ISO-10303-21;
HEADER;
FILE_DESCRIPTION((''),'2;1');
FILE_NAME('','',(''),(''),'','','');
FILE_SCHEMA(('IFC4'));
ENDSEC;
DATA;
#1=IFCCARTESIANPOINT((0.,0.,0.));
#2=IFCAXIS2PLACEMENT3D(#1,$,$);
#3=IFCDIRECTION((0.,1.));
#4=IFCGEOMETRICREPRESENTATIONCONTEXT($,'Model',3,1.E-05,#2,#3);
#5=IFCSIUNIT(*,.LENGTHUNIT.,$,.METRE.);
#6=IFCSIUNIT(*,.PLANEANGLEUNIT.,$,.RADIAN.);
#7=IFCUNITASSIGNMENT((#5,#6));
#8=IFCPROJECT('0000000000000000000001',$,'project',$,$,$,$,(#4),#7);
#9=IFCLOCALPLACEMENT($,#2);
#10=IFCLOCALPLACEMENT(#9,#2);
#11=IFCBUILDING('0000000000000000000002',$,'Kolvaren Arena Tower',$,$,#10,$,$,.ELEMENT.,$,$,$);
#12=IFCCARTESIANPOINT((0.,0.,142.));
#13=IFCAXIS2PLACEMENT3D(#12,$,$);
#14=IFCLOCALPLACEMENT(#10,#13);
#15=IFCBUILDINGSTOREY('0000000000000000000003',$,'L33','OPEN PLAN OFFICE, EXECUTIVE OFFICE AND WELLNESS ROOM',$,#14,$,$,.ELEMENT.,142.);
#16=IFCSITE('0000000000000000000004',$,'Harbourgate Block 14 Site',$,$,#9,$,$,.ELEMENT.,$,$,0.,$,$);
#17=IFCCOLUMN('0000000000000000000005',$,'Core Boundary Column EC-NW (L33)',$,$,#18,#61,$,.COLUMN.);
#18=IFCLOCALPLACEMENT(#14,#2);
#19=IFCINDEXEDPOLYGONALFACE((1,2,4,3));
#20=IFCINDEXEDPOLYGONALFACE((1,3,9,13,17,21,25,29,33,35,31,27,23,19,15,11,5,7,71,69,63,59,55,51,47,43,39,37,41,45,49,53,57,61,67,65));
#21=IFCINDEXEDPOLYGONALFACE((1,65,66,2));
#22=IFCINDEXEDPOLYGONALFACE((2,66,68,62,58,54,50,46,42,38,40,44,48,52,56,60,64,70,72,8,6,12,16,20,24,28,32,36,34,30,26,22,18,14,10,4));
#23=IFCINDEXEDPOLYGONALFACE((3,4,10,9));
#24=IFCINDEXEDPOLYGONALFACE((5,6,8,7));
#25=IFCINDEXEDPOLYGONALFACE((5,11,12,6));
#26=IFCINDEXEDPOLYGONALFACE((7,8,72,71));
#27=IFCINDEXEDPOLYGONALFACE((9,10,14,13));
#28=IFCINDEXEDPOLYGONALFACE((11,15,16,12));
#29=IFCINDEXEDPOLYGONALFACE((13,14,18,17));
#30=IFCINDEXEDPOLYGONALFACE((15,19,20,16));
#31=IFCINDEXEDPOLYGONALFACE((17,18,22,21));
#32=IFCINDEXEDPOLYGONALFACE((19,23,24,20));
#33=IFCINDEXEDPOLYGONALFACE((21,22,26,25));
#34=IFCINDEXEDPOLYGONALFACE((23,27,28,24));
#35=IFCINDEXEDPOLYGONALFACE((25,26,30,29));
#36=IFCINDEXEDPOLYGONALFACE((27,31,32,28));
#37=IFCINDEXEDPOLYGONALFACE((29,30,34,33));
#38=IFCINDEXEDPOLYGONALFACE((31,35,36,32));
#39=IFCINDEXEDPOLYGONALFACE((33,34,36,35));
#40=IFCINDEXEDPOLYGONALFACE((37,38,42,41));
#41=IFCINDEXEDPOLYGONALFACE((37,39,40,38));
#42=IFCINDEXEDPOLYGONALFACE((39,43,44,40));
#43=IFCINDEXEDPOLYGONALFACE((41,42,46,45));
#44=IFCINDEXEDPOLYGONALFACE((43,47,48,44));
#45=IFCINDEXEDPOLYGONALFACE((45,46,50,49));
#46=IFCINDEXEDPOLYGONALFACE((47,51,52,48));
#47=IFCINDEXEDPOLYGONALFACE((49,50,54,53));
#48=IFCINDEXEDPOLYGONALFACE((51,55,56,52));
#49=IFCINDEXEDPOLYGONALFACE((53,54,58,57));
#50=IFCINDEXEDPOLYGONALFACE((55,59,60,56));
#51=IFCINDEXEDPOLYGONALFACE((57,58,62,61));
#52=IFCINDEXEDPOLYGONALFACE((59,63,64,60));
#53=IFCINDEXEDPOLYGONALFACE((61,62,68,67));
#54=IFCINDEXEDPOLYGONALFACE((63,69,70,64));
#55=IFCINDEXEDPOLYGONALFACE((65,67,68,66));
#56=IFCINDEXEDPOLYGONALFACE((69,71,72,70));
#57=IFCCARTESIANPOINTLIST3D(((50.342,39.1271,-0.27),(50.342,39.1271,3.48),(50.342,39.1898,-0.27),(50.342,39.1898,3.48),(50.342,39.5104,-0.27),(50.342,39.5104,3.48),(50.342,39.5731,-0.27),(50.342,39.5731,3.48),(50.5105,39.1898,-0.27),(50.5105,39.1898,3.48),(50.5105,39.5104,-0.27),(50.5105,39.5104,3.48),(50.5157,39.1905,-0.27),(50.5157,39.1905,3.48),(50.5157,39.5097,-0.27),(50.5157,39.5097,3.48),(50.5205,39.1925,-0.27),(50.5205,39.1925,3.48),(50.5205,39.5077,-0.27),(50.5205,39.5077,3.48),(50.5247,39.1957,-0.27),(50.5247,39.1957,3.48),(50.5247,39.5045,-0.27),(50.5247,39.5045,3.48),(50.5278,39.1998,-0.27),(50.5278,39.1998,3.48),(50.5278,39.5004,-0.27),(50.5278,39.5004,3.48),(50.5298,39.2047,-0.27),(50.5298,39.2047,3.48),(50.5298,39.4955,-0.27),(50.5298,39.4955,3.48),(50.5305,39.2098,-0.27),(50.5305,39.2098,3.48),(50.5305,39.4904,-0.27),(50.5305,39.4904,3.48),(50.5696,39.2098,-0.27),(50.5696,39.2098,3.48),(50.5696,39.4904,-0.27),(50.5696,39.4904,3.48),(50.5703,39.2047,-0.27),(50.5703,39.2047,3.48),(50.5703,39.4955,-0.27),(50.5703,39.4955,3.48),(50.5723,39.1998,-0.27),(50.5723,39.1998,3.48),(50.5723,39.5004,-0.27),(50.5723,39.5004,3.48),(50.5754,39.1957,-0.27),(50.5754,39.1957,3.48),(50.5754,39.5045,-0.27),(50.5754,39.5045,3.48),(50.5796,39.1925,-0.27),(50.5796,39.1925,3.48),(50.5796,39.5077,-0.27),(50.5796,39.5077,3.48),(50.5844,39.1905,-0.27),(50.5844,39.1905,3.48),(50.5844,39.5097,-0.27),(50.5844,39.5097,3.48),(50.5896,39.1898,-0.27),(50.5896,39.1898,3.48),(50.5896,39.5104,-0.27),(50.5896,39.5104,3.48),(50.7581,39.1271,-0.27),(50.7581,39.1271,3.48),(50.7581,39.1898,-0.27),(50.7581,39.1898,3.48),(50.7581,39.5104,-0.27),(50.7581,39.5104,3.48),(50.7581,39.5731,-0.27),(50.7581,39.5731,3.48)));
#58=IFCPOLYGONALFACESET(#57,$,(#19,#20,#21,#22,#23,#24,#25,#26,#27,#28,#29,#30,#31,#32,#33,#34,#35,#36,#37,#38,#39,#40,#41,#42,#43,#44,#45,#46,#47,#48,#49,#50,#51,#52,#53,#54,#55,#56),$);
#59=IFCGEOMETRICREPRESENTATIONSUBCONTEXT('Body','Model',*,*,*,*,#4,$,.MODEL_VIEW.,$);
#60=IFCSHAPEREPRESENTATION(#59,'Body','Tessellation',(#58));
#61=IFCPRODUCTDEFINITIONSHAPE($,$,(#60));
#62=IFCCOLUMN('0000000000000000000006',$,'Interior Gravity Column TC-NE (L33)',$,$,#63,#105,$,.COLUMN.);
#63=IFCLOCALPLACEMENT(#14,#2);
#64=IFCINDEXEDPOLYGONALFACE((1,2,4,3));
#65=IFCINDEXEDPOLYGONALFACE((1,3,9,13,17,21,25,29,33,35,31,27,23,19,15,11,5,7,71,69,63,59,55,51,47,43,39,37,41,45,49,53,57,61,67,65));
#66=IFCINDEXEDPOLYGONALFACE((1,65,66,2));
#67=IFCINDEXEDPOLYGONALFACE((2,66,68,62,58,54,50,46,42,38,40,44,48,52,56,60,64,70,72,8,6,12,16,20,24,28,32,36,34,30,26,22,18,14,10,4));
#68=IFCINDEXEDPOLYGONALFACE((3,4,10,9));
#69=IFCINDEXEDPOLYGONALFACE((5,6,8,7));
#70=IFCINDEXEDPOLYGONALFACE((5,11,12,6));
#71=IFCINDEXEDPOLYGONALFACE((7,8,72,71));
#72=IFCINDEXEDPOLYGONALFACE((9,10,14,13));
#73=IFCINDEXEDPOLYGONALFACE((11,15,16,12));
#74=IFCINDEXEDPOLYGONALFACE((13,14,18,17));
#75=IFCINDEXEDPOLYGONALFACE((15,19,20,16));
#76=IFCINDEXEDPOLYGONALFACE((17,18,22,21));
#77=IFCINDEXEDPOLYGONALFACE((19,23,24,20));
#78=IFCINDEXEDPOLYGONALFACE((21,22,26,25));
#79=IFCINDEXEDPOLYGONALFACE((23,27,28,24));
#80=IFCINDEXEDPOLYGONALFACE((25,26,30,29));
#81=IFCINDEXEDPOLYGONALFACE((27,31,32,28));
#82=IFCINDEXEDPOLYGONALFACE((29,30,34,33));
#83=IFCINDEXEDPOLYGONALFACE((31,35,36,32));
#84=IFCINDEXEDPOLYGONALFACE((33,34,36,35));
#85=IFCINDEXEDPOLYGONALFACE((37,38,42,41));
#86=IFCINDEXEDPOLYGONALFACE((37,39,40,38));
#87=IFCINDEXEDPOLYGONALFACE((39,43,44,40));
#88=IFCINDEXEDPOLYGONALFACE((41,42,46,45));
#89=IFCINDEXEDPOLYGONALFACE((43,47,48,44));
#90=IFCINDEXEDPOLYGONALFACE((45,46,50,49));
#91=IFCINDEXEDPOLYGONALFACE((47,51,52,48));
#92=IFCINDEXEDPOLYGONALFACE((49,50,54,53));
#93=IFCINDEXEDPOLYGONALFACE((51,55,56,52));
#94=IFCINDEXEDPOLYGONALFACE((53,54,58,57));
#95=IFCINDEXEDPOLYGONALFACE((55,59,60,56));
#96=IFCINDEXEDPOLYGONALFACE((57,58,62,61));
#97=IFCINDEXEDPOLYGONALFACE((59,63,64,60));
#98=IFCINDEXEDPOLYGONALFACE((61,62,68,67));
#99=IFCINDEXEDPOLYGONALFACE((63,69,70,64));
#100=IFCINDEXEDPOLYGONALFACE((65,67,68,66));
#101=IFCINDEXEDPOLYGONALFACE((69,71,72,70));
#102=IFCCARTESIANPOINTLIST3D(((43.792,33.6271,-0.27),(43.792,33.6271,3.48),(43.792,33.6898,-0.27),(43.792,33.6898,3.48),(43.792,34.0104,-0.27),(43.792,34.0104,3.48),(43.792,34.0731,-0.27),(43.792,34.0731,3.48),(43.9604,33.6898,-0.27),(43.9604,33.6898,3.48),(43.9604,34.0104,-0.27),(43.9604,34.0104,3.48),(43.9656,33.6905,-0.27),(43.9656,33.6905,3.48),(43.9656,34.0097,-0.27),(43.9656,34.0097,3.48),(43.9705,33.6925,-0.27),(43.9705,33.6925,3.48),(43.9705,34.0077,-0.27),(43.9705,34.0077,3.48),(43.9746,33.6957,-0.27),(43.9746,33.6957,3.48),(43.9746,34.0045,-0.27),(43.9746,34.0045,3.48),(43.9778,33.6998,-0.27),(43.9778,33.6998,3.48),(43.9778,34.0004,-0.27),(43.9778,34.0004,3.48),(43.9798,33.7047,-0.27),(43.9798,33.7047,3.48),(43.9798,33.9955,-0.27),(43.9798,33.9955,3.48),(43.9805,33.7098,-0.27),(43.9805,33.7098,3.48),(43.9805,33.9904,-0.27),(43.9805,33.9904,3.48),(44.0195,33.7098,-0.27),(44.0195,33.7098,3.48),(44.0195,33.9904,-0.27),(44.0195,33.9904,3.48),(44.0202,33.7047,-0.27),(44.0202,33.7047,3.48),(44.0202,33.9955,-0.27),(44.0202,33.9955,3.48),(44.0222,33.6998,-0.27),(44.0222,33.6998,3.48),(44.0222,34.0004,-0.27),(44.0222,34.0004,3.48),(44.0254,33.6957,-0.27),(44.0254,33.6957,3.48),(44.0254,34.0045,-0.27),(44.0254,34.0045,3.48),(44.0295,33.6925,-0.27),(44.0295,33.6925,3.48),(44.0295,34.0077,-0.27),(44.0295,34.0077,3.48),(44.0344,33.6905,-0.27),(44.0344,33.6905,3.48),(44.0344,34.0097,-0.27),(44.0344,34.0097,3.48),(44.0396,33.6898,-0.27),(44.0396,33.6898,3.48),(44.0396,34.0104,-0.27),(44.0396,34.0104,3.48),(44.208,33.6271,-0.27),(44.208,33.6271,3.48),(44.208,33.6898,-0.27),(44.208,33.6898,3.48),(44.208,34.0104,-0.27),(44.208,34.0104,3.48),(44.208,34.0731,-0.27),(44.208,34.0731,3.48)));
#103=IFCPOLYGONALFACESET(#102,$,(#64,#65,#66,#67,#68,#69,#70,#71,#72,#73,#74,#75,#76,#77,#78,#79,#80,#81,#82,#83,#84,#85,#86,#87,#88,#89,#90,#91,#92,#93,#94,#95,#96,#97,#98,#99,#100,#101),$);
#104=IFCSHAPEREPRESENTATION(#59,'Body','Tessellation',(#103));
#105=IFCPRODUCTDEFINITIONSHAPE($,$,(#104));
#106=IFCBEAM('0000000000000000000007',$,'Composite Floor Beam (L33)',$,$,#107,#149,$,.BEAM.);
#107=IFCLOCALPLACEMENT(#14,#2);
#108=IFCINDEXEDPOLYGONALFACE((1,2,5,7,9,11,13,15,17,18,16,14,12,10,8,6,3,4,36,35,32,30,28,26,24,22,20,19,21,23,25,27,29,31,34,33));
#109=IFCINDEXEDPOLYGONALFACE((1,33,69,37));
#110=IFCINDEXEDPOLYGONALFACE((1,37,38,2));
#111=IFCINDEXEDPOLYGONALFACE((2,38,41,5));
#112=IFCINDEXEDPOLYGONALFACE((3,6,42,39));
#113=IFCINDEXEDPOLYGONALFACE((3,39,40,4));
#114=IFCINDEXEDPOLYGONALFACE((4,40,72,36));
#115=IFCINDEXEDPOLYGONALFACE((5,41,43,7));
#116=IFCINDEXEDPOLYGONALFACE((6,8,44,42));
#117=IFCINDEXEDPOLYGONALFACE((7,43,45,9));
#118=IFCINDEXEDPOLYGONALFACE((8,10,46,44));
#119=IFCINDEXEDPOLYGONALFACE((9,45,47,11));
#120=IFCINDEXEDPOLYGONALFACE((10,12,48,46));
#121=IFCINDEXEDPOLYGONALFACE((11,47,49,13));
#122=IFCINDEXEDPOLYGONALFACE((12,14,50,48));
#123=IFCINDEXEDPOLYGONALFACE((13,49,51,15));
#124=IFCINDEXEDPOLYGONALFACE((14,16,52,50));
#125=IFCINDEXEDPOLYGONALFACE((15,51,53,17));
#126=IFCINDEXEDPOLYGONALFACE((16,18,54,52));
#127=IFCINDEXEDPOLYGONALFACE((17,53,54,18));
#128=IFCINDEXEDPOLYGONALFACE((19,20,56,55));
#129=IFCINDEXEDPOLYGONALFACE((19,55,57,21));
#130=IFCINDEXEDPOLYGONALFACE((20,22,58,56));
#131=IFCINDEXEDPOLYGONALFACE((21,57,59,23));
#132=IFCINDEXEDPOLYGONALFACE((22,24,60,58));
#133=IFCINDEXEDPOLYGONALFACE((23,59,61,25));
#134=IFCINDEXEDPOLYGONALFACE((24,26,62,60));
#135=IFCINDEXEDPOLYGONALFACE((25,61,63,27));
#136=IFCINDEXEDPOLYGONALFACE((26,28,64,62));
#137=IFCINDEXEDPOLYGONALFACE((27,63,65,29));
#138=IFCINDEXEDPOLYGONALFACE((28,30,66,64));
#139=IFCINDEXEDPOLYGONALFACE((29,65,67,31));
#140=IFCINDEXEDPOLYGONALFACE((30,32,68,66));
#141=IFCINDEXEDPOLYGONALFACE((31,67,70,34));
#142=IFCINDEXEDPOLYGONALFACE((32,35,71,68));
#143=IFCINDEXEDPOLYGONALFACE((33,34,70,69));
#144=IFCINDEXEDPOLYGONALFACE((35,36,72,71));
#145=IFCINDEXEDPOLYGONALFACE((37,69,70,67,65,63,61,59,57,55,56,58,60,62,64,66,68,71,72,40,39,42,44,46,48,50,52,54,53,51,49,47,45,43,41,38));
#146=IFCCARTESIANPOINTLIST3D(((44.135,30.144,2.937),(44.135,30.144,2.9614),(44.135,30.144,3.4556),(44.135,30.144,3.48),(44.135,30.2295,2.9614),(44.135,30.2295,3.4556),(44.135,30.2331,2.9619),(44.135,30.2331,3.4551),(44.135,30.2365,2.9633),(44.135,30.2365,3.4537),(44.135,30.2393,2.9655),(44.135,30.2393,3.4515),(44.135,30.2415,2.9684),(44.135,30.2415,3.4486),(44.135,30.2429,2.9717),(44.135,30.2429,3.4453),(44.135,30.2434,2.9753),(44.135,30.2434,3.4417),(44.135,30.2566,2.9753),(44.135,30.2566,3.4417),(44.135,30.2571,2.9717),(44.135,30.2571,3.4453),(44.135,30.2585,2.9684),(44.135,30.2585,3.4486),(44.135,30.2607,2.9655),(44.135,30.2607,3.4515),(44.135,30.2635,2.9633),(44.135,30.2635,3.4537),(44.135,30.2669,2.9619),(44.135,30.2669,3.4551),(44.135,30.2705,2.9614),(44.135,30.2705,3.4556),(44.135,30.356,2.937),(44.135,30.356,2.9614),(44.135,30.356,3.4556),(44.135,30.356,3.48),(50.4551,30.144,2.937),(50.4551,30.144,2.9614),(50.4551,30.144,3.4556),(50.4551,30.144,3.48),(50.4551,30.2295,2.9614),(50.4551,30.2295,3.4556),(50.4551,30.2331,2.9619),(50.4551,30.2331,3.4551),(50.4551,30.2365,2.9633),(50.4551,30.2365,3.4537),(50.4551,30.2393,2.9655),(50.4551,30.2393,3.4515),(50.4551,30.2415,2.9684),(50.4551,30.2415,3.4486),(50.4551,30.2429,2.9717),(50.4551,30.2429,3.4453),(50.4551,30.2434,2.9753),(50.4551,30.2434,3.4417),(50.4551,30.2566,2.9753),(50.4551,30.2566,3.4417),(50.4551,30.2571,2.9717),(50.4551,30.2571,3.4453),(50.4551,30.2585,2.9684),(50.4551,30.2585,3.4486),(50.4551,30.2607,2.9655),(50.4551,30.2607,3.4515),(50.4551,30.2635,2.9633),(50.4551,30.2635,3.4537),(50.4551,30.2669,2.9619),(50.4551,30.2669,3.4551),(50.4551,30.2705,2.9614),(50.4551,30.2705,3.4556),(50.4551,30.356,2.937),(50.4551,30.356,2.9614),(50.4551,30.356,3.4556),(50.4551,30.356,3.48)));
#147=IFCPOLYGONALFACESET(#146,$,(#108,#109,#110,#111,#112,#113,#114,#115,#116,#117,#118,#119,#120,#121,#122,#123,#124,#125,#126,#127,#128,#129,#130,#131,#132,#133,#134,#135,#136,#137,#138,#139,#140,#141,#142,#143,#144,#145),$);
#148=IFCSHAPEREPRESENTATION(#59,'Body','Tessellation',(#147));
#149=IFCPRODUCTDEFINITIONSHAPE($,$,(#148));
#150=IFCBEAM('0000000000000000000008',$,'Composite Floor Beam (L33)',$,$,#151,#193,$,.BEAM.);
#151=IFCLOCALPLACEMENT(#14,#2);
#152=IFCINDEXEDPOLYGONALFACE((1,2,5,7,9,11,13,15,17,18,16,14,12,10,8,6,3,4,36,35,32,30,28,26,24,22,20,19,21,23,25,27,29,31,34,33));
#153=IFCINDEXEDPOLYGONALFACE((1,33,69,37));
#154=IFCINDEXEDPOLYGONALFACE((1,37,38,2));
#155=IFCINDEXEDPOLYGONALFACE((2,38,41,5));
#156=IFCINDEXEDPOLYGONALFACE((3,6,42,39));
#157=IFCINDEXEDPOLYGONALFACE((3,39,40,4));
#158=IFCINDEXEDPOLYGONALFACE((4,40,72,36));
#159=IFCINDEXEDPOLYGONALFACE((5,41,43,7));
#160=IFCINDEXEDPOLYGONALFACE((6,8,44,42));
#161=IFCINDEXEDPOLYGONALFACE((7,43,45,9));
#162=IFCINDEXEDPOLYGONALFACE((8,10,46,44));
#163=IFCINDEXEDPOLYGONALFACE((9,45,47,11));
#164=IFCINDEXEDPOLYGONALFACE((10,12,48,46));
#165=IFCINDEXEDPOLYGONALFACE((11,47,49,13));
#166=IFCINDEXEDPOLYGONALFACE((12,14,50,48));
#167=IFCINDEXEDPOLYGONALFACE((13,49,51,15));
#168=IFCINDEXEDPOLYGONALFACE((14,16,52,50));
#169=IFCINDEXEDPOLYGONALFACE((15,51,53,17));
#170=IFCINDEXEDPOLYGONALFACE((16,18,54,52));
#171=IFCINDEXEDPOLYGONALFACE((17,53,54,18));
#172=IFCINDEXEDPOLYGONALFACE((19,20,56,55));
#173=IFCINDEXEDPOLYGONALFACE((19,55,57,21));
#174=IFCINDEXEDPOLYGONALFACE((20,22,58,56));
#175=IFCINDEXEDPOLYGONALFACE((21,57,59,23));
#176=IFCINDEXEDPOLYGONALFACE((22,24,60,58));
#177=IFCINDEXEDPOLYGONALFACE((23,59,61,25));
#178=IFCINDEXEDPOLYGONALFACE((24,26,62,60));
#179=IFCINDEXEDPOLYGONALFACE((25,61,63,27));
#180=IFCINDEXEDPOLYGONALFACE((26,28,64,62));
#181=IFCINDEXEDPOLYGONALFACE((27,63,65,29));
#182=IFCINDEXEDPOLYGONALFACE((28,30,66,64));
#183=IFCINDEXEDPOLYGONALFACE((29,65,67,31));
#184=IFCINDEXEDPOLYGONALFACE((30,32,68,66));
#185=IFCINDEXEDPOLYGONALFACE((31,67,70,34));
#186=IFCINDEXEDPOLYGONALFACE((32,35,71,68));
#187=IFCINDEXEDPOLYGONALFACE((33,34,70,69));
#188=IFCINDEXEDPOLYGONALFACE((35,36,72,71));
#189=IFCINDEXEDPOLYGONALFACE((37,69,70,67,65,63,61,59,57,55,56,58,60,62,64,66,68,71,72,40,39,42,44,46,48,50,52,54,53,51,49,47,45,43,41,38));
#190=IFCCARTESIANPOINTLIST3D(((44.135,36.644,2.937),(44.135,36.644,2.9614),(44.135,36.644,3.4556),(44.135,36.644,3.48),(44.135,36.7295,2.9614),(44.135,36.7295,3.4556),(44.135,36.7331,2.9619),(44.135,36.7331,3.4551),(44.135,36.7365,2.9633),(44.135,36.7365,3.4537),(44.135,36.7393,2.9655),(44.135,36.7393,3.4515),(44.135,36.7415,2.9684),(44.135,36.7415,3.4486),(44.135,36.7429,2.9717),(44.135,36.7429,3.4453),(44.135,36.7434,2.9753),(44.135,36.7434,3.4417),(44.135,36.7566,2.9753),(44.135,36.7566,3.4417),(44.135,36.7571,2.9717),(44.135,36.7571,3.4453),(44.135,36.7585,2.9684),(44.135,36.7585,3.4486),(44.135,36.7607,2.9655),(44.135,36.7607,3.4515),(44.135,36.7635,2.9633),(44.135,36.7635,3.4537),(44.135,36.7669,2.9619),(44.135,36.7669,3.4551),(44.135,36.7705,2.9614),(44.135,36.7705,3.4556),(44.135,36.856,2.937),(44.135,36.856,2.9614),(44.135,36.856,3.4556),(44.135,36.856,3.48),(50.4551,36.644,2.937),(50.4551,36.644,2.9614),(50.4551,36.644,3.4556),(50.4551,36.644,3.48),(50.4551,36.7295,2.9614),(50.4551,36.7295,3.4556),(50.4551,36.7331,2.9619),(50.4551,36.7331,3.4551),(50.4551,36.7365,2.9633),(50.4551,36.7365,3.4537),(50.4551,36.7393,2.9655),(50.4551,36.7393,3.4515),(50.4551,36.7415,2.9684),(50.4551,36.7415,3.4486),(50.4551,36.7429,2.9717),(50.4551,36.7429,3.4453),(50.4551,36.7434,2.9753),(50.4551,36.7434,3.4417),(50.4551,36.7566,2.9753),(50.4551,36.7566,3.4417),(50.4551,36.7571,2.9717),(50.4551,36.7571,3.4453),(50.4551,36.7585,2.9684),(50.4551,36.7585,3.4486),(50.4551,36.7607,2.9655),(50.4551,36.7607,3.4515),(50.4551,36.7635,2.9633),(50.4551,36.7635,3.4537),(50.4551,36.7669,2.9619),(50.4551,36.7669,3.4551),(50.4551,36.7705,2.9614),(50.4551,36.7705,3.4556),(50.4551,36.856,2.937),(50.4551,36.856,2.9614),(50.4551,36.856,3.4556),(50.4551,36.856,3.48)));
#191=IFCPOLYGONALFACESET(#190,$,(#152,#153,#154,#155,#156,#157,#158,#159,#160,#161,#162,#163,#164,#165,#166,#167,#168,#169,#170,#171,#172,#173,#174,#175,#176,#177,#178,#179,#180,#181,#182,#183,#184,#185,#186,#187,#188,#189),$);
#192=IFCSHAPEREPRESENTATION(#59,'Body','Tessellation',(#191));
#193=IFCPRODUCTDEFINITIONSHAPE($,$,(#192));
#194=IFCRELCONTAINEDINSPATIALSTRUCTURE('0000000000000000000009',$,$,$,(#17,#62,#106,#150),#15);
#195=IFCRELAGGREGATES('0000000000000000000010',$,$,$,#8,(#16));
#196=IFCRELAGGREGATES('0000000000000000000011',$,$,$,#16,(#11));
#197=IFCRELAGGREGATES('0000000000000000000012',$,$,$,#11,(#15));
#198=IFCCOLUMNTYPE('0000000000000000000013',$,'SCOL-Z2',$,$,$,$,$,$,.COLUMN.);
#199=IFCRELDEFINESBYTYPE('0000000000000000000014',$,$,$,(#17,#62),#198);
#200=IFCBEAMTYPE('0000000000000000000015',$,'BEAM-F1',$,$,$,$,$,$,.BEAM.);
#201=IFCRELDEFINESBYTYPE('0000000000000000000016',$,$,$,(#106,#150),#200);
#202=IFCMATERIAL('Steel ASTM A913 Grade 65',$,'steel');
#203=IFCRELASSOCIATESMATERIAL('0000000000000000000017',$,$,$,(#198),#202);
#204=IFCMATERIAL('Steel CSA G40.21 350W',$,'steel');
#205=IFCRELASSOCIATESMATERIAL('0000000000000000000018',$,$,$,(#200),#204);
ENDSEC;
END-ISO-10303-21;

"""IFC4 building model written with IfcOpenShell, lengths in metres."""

from ifc_helpers import new_model, si_unit, direction, frame, origin, origin_2d, place, context, subcontext, project, spatial, i_section, extrude, material, material_profile, profile_set, type_object, element, save


model = new_model("IFC4")

# Units and contexts
model_context = context("Model", 3, precision=1e-05, world=origin(), true_north=direction((0.0, 1.0)))
body_context = subcontext(model_context, "Body", "Model", "MODEL_VIEW")
ifc_project = project(units=[si_unit("LENGTHUNIT", "METRE"), si_unit("PLANEANGLEUNIT", "RADIAN")], contexts=[model_context])

# Site, building, storey
site_placement = place(None, origin())
site = spatial("IfcSite", under=ifc_project, at=site_placement, Name="Harbourgate Block 14 Site", CompositionType="ELEMENT", RefElevation=0.0)
building_placement = place(site_placement, origin())
building = spatial("IfcBuilding", under=site, at=building_placement, Name="Kolvaren Arena Tower", CompositionType="ELEMENT")
storey_placement = place(building_placement, frame((0.0, 0.0, 142.0)))
storey = spatial("IfcBuildingStorey", under=building, at=storey_placement, Name="L33", Description="OPEN PLAN OFFICE, EXECUTIVE OFFICE AND WELLNESS ROOM", CompositionType="ELEMENT", Elevation=142.0)

# Columns
ifc_material_1 = material(Name="Steel ASTM A913 Grade 65", Category="steel")
ifc_material_profile_1 = material_profile(ifc_material_1, i_section(OverallWidth=0.416, OverallDepth=0.446, WebThickness=0.0391, FlangeThickness=0.0627, FilletRadius=0.02, at=origin_2d()), Name="W360x509")
ifc_profile_set_1 = profile_set([ifc_material_profile_1], Name="Steel ASTM A913 Grade 65")
column_type = type_object("IfcColumnType", Name="SCOL-Z2", PredefinedType="COLUMN", material=ifc_profile_set_1)
for number, where, z_axis, x_axis, name in (
    (1, (50.55, 39.3501, -0.27), (0.0, 0.0, 1.0), (1.0, 0.0, 0.0), "Core Boundary Column EC-NW (L33)"),
    (2, (44.0, 33.8501, -0.27), (0.0, 0.0, 1.0), (1.0, 0.0, 0.0), "Interior Gravity Column TC-NE (L33)"),
):
    element("IfcColumn", number, at=place(storey_placement, frame(where, z_axis=z_axis, x_axis=x_axis)), inside=storey, type_object=column_type, Name=name, PredefinedType="COLUMN", context=body_context, shape_type="SweptSolid", body=[
        extrude(i_section(OverallWidth=0.416, OverallDepth=0.446, WebThickness=0.0391, FlangeThickness=0.0627, FilletRadius=0.02, at=origin_2d()), origin(), (0.0, 0.0, 1.0), 3.75),
    ])

# Beams
ifc_material_2 = material(Name="Steel CSA G40.21 350W", Category="steel")
ifc_material_profile_2 = material_profile(ifc_material_2, i_section(OverallWidth=0.2119, OverallDepth=0.543, WebThickness=0.0132, FlangeThickness=0.0244, FilletRadius=0.0139, at=origin_2d()), Name="W530x150")
ifc_profile_set_2 = profile_set([ifc_material_profile_2], Name="Steel CSA G40.21 350W")
beam_type_1 = type_object("IfcBeamType", Name="BEAM-F1", PredefinedType="BEAM", material=ifc_profile_set_2)
for number, where, z_axis, x_axis, name in (
    (3, (44.135, 30.25, 3.2085), (1.0, 0.0, 0.0), (0.0, 1.0, 0.0), "Composite Floor Beam (L33)"),
    (4, (44.135, 36.75, 3.2085), (1.0, 0.0, 0.0), (0.0, 1.0, 0.0), "Composite Floor Beam (L33)"),
):
    element("IfcBeam", number, at=place(storey_placement, frame(where, z_axis=z_axis, x_axis=x_axis)), inside=storey, type_object=beam_type_1, Name=name, PredefinedType="BEAM", context=body_context, shape_type="SweptSolid", body=[
        extrude(i_section(OverallWidth=0.2119, OverallDepth=0.543, WebThickness=0.0132, FlangeThickness=0.0244, FilletRadius=0.0139, at=origin_2d()), origin(), (0.0, 0.0, 1.0), 6.3201),
    ])

save(model, "model.ifc")
